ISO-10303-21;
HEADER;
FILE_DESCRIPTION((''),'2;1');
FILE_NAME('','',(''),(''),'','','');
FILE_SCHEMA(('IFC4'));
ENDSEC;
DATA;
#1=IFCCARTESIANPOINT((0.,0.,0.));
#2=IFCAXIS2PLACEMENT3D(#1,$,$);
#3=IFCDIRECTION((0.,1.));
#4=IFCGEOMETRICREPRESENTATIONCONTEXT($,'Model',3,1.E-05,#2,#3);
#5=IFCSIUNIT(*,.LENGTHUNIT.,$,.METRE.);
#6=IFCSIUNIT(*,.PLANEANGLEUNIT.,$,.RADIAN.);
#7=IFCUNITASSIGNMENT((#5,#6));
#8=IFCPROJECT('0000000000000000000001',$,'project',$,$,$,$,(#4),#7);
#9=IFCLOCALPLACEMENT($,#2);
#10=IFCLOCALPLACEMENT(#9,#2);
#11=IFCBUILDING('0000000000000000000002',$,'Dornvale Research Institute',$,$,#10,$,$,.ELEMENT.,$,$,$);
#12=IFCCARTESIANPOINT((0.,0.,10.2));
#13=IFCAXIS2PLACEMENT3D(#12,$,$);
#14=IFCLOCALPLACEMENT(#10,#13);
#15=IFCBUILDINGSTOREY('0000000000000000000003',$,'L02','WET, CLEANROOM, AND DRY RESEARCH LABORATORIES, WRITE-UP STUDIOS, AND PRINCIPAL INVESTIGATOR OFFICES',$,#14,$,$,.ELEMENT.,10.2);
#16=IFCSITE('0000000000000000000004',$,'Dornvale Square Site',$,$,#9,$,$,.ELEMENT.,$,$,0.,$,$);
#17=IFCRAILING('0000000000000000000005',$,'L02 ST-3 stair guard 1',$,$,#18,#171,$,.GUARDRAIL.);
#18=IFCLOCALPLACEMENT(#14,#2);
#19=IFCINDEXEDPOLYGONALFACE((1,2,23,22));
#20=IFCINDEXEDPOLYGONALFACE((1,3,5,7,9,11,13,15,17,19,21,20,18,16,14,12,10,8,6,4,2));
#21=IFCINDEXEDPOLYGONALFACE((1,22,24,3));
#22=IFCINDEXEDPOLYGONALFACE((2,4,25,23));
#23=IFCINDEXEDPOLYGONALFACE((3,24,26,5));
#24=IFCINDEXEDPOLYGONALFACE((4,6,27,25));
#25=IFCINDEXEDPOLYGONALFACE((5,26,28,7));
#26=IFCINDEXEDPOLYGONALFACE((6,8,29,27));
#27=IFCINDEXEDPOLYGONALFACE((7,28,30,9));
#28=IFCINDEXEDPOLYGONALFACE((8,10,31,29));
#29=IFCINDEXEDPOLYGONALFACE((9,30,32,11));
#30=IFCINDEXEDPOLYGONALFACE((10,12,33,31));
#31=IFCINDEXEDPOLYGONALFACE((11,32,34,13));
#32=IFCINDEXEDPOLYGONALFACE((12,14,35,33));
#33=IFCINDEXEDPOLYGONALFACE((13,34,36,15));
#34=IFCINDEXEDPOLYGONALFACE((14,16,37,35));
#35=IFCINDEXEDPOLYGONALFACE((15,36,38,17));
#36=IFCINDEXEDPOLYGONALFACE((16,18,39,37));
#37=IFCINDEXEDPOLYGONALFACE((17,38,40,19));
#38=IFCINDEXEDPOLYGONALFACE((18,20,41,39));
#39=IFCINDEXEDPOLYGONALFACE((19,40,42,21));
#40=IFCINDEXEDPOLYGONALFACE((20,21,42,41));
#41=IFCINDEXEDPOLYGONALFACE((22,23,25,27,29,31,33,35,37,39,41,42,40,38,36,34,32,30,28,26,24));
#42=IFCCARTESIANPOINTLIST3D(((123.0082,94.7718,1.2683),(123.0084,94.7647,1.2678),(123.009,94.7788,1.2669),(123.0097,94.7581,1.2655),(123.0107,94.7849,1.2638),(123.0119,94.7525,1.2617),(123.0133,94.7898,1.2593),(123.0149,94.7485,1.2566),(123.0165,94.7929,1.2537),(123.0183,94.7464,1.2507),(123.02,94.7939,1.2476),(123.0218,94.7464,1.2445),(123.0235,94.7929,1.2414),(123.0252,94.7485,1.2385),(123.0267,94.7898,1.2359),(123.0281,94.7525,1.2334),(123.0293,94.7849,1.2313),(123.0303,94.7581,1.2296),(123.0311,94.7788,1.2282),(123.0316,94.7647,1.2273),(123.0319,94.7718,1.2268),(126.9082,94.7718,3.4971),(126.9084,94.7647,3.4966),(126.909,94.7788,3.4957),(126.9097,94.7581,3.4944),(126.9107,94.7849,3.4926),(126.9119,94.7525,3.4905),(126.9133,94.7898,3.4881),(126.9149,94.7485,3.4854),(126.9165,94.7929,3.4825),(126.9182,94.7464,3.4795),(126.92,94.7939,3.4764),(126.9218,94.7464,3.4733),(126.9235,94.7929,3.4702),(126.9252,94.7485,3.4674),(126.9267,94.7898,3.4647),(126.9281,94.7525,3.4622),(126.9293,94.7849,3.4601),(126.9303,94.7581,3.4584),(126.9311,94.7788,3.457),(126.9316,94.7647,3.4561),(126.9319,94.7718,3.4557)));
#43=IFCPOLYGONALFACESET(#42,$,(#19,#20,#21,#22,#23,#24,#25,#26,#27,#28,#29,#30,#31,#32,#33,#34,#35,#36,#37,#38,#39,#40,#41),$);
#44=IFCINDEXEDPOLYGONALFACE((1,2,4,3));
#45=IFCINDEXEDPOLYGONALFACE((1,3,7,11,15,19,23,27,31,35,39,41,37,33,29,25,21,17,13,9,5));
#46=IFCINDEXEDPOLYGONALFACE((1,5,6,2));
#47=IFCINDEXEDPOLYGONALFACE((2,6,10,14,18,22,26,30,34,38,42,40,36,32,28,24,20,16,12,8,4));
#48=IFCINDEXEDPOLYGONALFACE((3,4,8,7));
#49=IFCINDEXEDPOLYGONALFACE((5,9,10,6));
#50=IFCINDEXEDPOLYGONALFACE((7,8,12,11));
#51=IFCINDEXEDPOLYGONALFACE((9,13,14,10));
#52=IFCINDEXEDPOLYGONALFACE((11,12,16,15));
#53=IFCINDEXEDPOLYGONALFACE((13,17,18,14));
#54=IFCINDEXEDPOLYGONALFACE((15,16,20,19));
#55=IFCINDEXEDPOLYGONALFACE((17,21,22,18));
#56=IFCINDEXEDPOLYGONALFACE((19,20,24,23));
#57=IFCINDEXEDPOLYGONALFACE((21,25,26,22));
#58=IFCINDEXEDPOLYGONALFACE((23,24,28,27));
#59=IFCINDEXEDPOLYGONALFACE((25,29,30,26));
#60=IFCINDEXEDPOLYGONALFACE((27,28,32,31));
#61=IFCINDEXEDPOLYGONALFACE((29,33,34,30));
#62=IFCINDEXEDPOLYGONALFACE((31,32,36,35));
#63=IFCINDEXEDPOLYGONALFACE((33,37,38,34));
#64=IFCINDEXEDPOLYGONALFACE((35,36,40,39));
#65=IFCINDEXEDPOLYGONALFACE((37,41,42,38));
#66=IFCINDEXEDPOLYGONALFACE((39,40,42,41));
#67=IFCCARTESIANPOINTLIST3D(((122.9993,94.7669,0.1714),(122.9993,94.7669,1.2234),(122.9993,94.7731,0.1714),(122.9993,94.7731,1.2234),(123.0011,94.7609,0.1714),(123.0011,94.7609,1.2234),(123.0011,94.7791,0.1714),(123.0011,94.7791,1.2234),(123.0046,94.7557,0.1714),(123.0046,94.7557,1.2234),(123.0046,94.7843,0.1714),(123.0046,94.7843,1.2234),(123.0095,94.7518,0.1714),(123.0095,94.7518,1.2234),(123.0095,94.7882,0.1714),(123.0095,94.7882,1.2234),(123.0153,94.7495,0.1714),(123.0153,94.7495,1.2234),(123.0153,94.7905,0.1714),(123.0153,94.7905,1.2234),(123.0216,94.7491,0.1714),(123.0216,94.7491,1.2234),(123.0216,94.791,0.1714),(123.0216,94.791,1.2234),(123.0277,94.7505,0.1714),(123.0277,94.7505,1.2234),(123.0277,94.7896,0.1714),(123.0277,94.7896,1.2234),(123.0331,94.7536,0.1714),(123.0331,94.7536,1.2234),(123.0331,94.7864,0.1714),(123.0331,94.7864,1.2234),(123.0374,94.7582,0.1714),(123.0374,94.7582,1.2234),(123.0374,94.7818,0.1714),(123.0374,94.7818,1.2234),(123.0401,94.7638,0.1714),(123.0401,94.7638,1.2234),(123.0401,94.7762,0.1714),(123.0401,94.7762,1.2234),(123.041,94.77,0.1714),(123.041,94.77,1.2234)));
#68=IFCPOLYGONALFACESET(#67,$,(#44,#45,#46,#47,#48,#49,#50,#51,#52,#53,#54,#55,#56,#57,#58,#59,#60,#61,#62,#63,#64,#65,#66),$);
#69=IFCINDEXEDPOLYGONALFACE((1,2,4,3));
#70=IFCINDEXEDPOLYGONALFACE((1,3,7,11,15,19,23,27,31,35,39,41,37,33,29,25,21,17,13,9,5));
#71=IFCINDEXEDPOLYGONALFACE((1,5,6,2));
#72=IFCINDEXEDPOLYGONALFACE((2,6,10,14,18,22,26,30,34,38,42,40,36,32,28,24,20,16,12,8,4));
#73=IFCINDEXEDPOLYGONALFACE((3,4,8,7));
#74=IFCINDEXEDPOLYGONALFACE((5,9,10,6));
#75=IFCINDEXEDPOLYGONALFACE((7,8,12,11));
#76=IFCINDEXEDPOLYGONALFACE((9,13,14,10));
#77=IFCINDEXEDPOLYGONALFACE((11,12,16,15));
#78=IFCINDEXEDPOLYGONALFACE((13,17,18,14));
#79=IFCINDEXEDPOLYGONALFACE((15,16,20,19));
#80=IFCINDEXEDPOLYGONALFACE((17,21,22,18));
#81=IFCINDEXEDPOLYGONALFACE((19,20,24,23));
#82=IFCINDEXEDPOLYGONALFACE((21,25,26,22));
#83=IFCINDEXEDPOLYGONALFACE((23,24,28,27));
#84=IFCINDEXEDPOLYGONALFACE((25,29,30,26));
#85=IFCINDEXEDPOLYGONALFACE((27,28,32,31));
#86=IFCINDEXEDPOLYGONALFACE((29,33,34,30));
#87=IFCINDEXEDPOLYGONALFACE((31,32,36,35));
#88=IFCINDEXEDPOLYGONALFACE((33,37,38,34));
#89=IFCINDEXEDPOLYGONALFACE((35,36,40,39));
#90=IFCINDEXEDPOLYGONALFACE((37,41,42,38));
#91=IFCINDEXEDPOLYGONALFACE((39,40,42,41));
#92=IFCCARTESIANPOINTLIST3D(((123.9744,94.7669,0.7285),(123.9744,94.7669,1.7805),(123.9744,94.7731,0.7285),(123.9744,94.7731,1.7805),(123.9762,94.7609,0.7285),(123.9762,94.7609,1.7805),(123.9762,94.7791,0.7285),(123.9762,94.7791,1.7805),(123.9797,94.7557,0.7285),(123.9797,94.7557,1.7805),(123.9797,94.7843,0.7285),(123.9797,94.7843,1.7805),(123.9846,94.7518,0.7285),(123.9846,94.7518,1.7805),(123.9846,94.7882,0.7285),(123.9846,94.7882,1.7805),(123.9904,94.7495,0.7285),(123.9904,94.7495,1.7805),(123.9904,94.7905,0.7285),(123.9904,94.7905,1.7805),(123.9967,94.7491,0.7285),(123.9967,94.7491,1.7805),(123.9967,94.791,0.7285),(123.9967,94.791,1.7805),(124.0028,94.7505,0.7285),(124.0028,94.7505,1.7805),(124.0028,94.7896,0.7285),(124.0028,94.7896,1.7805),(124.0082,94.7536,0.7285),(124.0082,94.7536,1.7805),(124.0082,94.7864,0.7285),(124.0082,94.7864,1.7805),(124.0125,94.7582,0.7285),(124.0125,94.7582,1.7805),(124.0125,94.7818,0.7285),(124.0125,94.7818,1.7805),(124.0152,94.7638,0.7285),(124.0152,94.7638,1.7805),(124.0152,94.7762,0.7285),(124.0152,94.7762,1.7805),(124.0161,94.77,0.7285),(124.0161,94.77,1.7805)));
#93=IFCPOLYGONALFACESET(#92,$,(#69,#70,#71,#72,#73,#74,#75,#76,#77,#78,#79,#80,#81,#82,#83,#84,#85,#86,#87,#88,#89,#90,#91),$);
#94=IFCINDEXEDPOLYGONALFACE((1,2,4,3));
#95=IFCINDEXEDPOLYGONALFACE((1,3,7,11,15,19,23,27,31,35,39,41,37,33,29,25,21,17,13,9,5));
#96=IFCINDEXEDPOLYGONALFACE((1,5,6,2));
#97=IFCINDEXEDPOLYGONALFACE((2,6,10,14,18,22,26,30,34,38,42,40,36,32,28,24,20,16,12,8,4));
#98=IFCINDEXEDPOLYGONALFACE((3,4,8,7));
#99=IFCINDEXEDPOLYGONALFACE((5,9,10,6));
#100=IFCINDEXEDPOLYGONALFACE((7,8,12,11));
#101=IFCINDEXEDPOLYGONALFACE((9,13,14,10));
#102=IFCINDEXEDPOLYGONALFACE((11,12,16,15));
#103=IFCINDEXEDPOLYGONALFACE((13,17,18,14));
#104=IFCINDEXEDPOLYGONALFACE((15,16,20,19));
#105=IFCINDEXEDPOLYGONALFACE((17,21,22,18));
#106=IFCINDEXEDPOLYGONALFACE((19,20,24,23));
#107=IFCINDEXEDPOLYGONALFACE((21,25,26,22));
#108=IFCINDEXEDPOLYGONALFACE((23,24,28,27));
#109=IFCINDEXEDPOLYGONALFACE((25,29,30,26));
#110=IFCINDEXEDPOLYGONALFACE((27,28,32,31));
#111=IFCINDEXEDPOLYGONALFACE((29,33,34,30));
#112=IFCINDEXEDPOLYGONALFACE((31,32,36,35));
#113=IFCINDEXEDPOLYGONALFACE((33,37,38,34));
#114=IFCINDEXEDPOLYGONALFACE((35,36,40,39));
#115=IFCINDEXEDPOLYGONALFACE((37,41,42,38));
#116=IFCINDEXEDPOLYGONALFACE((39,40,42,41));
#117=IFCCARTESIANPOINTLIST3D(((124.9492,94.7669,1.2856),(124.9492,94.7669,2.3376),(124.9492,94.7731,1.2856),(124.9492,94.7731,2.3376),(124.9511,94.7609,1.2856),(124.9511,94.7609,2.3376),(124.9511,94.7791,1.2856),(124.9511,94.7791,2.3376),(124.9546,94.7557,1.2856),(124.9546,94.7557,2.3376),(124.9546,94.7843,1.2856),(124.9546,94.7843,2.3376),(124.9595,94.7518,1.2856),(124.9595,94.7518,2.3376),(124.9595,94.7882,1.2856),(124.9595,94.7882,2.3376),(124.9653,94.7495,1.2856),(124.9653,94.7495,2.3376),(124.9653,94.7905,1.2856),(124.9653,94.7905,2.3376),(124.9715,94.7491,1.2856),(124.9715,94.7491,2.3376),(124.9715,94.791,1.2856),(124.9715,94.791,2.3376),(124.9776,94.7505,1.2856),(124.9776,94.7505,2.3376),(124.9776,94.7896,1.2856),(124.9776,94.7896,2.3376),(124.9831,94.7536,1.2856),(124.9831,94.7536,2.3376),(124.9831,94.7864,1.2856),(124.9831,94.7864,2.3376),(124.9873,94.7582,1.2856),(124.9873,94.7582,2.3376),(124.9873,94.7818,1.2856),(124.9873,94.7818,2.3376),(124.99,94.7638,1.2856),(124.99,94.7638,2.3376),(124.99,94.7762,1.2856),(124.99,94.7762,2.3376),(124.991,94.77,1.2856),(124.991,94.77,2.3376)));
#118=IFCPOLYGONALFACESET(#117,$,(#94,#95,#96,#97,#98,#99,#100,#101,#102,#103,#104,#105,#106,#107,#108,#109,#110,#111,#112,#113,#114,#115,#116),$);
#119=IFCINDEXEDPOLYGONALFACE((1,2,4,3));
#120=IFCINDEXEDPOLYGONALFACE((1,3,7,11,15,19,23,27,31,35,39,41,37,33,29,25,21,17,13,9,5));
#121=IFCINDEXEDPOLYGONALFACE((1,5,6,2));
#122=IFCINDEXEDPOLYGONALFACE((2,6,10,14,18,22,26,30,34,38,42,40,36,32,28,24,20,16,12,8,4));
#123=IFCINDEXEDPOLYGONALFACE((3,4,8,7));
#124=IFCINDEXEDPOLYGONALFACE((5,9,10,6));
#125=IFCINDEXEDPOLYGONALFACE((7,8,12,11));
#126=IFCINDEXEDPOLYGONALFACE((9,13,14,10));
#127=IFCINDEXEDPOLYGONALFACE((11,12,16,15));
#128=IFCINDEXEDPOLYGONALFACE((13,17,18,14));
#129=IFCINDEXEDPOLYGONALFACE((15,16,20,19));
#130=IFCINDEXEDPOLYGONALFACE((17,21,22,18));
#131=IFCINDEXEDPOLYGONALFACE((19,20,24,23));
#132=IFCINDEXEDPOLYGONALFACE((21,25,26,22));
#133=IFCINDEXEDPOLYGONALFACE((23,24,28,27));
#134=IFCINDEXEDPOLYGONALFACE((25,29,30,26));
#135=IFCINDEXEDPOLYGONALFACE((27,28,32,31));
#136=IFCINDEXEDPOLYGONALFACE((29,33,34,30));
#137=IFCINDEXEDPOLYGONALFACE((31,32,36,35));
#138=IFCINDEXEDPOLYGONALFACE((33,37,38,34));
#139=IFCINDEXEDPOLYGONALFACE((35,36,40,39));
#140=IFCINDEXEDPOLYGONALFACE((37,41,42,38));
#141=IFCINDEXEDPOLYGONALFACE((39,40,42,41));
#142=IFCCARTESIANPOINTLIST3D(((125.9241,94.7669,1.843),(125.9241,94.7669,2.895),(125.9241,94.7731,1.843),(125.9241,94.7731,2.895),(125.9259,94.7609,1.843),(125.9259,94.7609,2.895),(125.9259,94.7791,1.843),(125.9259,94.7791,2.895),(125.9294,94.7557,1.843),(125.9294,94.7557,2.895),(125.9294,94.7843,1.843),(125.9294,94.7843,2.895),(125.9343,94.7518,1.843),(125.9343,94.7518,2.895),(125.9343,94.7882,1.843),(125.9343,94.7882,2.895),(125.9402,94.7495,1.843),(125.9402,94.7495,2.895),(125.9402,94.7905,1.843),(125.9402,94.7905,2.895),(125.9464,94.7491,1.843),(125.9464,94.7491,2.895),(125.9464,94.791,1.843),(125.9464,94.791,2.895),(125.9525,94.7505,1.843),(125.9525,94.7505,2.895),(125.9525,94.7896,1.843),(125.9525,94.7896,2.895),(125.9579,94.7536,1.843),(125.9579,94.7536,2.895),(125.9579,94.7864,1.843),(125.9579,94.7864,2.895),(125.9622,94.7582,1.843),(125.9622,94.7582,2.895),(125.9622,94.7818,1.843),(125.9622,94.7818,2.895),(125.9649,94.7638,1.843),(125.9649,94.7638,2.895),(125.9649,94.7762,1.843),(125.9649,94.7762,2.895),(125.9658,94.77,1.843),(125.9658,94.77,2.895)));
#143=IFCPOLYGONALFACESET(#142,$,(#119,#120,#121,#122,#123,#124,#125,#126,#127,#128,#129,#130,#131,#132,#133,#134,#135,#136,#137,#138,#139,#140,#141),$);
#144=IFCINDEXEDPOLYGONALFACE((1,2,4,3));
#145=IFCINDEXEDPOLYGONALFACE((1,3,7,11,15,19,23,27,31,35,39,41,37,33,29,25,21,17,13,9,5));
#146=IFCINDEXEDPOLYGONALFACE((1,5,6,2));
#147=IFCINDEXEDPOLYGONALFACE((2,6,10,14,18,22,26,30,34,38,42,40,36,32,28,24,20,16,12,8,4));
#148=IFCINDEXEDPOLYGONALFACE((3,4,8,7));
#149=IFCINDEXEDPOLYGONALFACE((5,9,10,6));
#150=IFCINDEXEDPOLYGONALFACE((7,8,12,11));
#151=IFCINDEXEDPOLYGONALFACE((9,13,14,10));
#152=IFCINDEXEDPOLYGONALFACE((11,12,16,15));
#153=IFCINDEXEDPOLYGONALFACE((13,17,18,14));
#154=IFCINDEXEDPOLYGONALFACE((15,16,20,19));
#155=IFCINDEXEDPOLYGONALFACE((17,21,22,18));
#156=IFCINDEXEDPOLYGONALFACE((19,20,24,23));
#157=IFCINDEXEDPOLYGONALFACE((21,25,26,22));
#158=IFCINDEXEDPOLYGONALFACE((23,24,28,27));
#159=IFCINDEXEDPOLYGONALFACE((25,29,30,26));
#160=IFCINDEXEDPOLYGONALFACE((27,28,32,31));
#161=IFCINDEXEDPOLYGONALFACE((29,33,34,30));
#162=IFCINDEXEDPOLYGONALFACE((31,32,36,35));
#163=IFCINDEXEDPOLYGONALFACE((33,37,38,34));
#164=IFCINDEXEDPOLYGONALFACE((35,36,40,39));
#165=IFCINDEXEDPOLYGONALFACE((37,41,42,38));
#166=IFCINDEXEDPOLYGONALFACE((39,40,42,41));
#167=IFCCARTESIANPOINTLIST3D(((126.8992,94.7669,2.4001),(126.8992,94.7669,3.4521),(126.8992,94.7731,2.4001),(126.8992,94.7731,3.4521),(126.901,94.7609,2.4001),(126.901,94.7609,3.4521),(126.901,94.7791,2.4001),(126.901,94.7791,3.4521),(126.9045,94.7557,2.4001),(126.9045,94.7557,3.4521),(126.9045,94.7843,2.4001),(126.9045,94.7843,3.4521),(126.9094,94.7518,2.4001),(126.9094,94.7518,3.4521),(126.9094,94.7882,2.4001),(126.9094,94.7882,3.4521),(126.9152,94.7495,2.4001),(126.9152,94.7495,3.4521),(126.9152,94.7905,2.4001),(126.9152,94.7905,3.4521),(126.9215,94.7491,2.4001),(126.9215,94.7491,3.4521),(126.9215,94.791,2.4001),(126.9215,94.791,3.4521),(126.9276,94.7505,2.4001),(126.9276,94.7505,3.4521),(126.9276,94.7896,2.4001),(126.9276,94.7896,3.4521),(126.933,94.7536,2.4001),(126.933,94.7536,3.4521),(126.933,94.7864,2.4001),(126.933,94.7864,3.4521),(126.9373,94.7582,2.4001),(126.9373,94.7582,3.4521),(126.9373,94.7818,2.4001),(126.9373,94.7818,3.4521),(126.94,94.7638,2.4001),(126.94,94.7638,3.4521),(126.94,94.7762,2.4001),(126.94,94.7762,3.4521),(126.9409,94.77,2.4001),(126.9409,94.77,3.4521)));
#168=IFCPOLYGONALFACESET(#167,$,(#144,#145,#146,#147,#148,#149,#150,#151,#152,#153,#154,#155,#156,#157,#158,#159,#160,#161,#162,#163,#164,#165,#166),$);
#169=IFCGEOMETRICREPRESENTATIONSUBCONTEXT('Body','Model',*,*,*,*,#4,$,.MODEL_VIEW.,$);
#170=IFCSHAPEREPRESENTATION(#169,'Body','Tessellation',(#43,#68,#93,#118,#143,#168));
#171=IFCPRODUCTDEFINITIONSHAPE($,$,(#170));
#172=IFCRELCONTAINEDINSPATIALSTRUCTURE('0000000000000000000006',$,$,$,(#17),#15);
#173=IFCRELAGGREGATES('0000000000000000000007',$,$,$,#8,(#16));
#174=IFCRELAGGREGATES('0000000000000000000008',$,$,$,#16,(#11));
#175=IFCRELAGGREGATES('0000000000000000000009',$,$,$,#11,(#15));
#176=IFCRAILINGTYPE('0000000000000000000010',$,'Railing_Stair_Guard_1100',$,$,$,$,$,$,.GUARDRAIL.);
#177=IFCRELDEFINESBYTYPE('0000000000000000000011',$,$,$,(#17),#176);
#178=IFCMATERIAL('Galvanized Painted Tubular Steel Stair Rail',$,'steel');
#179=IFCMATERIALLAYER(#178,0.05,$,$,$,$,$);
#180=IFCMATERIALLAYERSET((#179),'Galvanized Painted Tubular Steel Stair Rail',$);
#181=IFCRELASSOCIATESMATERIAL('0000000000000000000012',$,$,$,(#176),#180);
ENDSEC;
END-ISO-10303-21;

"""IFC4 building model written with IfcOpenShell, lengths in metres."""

from ifc_helpers import new_model, si_unit, direction, frame, origin, origin_2d, place, context, subcontext, project, spatial, circle, extrude, material, layer, layer_set, type_object, element, save


model = new_model("IFC4")

# Units and contexts
model_context = context("Model", 3, precision=1e-05, world=origin(), true_north=direction((0.0, 1.0)))
body_context = subcontext(model_context, "Body", "Model", "MODEL_VIEW")
ifc_project = project(units=[si_unit("LENGTHUNIT", "METRE"), si_unit("PLANEANGLEUNIT", "RADIAN")], contexts=[model_context])

# Site, building, storey
site_placement = place(None, origin())
site = spatial("IfcSite", under=ifc_project, at=site_placement, Name="Dornvale Square Site", CompositionType="ELEMENT", RefElevation=0.0)
building_placement = place(site_placement, origin())
building = spatial("IfcBuilding", under=site, at=building_placement, Name="Dornvale Research Institute", CompositionType="ELEMENT")
storey_placement = place(building_placement, frame((0.0, 0.0, 10.2)))
storey = spatial("IfcBuildingStorey", under=building, at=storey_placement, Name="L02", Description="WET, CLEANROOM, AND DRY RESEARCH LABORATORIES, WRITE-UP STUDIOS, AND PRINCIPAL INVESTIGATOR OFFICES", CompositionType="ELEMENT", Elevation=10.2)

# Railing
ifc_material_1 = material(Name="Galvanized Painted Tubular Steel Stair Rail", Category="steel")
ifc_layer_1 = layer(ifc_material_1, 0.05)
ifc_layer_set_1 = layer_set([ifc_layer_1], Name="Galvanized Painted Tubular Steel Stair Rail")
railing_type_1 = type_object("IfcRailingType", Name="Railing_Stair_Guard_1100", PredefinedType="GUARDRAIL", material=ifc_layer_set_1)
railing_1_placement = place(storey_placement, frame((123.02, 94.77, 0.1714)))
element("IfcRailing", 1, at=railing_1_placement, inside=storey, type_object=railing_type_1, Name="L02 ST-3 stair guard 1", PredefinedType="GUARDRAIL", context=body_context, shape_type="SweptSolid", body=[
    extrude(circle(Radius=0.0239, at=origin_2d()), frame((0.0, 0.0, 1.0762), z_axis=(0.86822, 0.0, 0.49618), x_axis=(0.0, 1.0, 0.0)), (0.0, 0.0, 1.0), 4.4919),
    extrude(circle(Radius=0.021, at=origin_2d()), origin(), (0.0, 0.0, 1.0), 1.052),
    extrude(circle(Radius=0.021, at=origin_2d()), frame((0.9751, 0.0, 0.5571)), (0.0, 0.0, 1.0), 1.052),
    extrude(circle(Radius=0.021, at=origin_2d()), frame((1.95, 0.0, 1.1143)), (0.0, 0.0, 1.0), 1.052),
    extrude(circle(Radius=0.021, at=origin_2d()), frame((2.9248, 0.0, 1.6716)), (0.0, 0.0, 1.0), 1.052),
    extrude(circle(Radius=0.021, at=origin_2d()), frame((3.8999, 0.0, 2.2288)), (0.0, 0.0, 1.0), 1.052),
])

save(model, "model.ifc")
